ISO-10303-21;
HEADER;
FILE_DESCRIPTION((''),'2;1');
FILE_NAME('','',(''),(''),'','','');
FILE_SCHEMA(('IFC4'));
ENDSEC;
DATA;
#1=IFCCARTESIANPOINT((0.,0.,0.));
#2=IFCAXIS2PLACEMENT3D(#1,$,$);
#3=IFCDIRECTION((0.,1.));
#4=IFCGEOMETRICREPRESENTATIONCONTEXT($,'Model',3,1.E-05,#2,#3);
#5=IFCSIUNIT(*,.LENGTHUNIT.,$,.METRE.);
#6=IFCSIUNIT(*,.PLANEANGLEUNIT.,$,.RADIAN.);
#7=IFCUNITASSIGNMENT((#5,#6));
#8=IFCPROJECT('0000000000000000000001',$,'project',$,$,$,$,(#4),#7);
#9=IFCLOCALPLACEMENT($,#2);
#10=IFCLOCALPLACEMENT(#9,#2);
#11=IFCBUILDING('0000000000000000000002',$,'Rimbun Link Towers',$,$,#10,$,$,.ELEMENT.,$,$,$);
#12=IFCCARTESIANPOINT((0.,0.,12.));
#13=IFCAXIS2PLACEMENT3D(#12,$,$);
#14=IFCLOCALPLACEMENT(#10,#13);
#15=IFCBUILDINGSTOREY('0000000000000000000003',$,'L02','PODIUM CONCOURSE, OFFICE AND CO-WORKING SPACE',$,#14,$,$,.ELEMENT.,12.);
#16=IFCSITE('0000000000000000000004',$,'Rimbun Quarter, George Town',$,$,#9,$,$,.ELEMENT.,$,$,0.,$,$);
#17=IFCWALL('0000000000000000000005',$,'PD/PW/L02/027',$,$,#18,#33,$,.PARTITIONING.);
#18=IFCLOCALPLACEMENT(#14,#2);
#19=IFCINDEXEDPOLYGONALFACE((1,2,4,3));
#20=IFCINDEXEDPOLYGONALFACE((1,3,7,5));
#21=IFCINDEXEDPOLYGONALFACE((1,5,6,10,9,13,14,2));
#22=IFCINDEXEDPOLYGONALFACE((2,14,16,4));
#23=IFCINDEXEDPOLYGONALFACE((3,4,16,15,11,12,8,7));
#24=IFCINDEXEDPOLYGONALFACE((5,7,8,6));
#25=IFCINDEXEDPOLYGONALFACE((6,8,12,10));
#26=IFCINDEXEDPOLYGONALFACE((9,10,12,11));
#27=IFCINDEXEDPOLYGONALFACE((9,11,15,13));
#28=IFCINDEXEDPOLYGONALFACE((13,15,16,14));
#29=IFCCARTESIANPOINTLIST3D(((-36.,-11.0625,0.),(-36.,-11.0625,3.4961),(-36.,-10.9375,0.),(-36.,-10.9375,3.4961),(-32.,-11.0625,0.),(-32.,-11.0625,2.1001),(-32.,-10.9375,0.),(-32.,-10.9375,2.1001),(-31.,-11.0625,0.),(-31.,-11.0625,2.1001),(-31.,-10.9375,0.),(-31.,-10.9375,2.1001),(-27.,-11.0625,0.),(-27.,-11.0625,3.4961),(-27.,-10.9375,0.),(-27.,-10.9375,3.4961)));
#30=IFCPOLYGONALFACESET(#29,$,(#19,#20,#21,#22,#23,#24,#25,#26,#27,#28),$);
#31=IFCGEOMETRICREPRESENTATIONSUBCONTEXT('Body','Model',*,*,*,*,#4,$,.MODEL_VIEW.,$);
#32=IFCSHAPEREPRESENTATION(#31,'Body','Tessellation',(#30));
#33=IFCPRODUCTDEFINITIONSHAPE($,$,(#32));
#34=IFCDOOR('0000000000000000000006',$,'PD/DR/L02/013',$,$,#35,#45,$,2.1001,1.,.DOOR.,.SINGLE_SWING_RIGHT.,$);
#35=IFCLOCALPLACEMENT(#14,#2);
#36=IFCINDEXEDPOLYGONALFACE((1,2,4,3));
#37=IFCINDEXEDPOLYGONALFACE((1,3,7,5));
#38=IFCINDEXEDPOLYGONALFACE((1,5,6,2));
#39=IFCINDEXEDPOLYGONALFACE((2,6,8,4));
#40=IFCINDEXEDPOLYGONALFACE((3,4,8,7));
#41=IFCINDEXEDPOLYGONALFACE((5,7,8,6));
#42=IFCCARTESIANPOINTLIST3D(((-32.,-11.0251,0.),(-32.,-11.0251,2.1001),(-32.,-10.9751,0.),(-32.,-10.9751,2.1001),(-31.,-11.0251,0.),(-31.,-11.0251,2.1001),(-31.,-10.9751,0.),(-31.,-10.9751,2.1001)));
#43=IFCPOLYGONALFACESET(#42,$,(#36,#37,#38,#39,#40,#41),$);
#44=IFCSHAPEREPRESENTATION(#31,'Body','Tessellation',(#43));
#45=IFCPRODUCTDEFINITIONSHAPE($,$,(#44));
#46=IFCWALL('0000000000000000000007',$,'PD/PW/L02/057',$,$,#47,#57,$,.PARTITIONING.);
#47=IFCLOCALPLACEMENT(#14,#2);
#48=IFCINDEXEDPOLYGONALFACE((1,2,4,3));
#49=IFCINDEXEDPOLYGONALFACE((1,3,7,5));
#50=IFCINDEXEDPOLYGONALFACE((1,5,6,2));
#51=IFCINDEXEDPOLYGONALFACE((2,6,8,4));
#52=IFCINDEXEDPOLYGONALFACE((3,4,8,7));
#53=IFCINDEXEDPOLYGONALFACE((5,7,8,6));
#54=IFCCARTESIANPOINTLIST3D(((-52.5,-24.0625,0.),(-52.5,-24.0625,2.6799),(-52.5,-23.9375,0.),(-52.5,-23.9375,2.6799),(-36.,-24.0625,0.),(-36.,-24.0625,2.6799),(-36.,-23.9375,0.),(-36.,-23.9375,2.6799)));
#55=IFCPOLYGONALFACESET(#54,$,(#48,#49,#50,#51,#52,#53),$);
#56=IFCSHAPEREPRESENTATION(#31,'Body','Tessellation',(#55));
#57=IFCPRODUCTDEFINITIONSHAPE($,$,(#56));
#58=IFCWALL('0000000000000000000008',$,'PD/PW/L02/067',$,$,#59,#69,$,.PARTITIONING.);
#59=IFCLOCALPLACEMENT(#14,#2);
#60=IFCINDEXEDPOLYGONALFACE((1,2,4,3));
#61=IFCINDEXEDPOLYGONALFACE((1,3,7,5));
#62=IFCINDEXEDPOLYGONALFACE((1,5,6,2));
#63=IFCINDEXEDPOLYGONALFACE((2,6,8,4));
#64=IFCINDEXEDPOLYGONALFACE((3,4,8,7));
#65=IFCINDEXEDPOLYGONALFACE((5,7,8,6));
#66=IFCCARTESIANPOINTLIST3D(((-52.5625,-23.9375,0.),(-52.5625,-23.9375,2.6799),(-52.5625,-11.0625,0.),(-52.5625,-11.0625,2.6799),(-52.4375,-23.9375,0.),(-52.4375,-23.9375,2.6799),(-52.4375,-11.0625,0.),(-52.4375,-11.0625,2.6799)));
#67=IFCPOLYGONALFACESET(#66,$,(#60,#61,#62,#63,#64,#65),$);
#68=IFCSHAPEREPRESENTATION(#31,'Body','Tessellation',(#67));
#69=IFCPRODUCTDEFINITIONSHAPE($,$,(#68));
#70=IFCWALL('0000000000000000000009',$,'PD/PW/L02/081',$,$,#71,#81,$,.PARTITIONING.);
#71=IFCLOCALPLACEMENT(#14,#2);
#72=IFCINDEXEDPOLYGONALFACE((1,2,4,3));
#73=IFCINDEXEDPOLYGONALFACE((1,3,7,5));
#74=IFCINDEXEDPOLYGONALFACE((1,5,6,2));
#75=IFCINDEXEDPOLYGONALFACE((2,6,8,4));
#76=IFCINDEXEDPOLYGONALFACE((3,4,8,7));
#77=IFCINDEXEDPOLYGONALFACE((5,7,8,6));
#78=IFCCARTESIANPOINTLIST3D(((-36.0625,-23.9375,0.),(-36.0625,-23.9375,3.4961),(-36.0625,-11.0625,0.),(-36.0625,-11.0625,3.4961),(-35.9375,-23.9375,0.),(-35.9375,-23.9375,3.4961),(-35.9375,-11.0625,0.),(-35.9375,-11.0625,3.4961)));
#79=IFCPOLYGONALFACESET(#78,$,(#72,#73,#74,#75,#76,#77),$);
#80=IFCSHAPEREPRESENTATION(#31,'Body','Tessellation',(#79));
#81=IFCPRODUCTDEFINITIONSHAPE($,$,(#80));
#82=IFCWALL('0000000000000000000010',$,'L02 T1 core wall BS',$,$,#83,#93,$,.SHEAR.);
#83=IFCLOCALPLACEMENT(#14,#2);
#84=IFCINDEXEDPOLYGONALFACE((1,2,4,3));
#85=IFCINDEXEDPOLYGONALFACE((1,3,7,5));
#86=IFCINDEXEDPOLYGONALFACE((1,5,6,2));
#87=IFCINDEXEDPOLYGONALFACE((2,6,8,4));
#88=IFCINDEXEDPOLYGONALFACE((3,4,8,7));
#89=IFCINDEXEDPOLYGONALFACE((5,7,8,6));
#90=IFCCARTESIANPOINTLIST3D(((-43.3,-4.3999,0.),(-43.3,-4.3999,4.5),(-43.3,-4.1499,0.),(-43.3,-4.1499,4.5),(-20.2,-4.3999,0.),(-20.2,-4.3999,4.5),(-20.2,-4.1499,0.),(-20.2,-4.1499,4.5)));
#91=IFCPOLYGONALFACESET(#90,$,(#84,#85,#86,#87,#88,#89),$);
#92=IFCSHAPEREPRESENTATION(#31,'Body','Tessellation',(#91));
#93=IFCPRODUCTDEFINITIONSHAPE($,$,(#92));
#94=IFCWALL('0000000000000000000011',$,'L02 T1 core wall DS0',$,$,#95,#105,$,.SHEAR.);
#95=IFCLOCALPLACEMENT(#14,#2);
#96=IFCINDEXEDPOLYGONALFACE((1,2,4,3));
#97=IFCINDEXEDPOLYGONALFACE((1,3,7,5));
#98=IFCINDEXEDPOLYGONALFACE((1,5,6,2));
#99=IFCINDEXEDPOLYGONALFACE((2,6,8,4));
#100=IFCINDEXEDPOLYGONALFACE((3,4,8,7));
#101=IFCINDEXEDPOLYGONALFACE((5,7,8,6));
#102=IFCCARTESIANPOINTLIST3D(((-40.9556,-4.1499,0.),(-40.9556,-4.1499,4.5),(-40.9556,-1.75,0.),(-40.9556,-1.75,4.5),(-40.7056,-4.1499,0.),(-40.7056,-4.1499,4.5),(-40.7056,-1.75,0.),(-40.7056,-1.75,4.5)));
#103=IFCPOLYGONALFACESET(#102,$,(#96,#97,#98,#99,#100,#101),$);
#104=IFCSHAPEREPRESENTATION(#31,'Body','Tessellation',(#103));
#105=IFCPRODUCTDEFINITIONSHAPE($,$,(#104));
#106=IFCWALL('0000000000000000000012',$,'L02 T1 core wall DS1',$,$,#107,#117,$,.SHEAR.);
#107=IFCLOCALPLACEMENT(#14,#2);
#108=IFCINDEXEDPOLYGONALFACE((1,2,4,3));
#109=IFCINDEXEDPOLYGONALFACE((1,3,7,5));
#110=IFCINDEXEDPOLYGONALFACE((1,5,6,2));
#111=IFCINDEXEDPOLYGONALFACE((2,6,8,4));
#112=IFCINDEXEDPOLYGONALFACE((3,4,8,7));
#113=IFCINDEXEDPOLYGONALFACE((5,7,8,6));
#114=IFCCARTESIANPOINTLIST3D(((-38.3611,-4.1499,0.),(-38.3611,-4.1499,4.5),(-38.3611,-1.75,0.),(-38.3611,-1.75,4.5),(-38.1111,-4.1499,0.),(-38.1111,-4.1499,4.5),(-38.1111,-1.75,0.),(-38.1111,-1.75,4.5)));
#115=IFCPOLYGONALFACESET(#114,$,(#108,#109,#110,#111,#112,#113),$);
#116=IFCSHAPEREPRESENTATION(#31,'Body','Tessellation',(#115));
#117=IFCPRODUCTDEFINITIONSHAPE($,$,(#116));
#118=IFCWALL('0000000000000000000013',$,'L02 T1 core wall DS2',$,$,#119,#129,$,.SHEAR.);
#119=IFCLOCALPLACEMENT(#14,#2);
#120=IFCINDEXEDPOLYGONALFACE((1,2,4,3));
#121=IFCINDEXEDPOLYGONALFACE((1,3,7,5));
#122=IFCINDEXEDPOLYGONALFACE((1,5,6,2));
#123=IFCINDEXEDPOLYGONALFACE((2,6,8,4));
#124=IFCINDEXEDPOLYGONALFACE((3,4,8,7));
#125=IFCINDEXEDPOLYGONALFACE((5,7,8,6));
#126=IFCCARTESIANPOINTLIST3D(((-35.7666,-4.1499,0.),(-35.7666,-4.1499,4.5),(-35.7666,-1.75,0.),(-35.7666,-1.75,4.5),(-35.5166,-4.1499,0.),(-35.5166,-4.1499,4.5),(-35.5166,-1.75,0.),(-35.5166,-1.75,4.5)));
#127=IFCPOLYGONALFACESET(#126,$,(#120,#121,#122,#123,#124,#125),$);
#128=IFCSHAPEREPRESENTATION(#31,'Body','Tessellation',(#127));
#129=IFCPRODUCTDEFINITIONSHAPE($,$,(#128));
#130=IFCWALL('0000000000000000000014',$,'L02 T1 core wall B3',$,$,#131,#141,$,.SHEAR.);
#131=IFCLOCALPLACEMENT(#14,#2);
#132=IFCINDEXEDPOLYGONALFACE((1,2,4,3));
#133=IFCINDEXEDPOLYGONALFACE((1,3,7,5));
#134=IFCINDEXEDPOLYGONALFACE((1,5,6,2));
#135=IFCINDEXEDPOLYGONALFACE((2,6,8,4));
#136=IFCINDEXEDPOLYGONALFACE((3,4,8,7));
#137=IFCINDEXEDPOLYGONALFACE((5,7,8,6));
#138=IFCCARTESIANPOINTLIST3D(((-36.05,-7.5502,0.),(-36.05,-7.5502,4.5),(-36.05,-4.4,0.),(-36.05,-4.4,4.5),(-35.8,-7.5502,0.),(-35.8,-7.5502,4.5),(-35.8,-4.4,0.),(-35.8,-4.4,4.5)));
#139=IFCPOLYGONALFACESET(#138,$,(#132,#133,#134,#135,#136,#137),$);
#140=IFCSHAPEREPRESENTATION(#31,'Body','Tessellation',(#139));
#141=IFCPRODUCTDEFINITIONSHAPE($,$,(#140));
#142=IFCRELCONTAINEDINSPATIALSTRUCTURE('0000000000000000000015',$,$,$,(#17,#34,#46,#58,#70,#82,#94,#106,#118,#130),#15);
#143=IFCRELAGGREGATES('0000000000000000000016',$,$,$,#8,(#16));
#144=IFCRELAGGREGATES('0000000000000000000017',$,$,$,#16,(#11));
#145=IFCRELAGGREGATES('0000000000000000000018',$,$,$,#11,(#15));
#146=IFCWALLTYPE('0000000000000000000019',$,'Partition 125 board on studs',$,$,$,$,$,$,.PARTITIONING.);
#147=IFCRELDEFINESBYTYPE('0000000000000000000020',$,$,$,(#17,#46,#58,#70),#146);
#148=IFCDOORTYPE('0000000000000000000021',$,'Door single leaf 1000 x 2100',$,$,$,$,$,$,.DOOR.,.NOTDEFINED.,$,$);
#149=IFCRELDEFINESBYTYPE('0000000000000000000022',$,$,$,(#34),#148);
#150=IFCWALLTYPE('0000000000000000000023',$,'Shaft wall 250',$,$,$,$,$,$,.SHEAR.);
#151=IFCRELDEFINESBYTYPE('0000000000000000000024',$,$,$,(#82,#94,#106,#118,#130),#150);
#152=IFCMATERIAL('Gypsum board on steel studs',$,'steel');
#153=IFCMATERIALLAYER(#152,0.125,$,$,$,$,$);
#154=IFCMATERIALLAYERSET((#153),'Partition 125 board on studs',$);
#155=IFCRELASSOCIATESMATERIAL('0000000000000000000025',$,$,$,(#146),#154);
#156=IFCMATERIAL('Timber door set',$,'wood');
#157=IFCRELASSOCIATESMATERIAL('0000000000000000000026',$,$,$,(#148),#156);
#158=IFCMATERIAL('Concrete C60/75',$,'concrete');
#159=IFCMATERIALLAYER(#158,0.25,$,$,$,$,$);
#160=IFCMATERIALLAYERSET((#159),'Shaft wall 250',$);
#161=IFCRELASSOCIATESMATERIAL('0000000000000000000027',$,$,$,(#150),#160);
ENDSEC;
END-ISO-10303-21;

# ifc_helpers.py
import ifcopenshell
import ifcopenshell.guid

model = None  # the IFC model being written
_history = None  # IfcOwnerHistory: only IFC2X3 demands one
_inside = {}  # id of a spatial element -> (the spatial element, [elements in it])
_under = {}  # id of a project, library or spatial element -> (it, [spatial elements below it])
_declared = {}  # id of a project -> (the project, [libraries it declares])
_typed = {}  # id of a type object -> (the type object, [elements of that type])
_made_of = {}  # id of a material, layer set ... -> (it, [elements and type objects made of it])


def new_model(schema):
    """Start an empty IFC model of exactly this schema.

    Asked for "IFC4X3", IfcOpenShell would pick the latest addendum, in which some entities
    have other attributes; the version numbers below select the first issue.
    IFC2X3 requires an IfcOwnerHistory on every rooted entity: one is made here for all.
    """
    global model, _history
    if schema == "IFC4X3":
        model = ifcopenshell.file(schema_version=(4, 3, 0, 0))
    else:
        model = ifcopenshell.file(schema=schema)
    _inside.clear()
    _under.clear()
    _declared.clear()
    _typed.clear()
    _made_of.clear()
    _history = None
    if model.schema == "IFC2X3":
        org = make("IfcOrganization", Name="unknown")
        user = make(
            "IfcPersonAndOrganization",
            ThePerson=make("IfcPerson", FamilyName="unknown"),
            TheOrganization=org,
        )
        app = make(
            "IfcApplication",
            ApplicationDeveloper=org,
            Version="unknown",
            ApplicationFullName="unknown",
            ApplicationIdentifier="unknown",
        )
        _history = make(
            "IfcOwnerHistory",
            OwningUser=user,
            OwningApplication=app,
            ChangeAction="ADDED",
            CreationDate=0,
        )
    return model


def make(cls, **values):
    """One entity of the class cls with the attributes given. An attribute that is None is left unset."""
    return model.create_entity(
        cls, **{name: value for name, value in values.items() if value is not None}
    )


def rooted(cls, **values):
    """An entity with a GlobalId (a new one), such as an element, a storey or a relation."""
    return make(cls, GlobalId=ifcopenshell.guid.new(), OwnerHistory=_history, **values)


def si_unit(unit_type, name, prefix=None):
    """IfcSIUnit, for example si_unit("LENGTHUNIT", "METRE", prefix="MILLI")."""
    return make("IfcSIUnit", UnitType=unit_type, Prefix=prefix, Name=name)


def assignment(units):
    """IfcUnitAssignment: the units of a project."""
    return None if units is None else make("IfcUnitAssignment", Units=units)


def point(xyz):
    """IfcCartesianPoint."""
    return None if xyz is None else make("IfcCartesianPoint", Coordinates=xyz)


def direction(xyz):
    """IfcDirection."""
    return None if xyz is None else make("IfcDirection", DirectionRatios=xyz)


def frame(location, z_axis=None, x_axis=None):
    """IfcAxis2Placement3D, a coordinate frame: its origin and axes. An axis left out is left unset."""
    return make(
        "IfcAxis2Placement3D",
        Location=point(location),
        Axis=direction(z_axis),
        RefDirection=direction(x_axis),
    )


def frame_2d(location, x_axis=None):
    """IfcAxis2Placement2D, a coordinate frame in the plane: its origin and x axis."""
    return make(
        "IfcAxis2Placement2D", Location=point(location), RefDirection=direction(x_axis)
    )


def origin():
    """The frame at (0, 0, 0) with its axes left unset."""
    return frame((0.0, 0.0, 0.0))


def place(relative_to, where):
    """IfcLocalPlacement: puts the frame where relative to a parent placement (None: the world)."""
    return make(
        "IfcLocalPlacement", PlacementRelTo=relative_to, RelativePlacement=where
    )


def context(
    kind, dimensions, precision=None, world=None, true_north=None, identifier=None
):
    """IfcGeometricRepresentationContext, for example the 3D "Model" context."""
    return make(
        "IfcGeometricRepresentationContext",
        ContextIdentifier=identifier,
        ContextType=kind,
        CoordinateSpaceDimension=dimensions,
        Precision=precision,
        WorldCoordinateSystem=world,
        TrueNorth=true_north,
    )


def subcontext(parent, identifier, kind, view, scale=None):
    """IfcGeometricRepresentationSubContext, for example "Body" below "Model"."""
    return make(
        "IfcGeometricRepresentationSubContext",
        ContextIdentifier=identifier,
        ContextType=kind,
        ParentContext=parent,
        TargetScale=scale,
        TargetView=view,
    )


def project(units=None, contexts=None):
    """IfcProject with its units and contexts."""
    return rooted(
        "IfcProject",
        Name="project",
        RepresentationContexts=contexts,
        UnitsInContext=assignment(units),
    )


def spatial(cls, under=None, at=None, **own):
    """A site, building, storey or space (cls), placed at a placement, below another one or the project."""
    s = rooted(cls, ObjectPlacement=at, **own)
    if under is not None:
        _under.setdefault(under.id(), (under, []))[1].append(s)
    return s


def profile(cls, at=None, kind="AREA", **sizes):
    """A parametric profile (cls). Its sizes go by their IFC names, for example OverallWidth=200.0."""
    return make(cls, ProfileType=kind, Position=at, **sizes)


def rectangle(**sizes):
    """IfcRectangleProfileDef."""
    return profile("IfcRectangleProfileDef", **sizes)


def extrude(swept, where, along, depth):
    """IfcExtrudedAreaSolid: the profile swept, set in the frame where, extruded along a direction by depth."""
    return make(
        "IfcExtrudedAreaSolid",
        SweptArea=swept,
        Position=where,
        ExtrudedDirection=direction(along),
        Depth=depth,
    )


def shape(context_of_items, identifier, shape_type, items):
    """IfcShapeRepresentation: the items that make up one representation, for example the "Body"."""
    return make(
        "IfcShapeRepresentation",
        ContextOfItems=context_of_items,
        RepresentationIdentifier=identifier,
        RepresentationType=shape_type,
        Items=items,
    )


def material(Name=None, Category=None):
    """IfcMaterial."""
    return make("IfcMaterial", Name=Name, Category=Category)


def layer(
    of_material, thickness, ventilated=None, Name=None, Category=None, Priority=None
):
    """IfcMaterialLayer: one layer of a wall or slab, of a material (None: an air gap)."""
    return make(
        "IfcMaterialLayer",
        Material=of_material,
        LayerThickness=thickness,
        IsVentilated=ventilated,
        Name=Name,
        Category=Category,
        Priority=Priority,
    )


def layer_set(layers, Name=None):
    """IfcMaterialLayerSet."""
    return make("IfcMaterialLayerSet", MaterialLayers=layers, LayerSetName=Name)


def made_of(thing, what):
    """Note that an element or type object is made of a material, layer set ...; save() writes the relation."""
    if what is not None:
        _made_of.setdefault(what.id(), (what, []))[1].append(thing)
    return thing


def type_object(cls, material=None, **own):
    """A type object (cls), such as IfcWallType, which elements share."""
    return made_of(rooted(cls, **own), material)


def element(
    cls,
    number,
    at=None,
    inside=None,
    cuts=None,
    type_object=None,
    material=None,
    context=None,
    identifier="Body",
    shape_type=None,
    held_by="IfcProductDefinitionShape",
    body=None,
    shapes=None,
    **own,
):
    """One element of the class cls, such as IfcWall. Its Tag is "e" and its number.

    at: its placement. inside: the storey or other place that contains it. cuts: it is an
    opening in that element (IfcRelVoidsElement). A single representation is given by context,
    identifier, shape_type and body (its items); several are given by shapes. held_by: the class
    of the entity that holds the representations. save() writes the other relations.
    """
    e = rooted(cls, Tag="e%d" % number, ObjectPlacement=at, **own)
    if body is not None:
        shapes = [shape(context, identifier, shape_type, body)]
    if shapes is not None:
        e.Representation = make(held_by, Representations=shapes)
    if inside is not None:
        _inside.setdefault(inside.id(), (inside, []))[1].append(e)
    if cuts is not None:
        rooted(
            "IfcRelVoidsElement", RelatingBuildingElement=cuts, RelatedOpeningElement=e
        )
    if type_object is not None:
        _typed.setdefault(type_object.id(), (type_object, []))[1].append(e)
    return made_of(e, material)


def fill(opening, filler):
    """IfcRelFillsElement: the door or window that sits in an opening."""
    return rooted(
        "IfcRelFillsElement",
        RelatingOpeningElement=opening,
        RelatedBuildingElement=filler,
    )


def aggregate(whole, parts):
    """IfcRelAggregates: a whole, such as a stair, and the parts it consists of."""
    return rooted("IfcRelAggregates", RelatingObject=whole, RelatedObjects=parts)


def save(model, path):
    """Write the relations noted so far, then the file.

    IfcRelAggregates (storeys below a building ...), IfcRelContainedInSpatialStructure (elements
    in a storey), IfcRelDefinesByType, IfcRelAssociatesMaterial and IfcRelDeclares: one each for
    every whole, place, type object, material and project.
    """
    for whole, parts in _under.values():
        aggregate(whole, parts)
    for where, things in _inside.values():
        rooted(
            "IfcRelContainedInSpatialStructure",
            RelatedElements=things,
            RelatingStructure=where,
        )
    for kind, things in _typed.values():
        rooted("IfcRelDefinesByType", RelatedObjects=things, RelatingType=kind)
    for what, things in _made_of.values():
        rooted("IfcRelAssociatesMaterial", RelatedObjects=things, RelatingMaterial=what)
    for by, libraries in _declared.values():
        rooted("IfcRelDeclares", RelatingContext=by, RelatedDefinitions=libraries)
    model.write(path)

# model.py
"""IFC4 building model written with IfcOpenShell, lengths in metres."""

from ifc_helpers import new_model, si_unit, direction, frame, frame_2d, origin, place, context, subcontext, project, spatial, rectangle, extrude, material, layer, layer_set, type_object, element, fill, save


model = new_model("IFC4")

# Units and contexts
model_context = context("Model", 3, precision=1e-05, world=origin(), true_north=direction((0.0, 1.0)))
body_context = subcontext(model_context, "Body", "Model", "MODEL_VIEW")
ifc_project = project(units=[si_unit("LENGTHUNIT", "METRE"), si_unit("PLANEANGLEUNIT", "RADIAN")], contexts=[model_context])

# Site, building, storey
site_placement = place(None, origin())
site = spatial("IfcSite", under=ifc_project, at=site_placement, Name="Rimbun Quarter, George Town", CompositionType="ELEMENT", RefElevation=0.0)
building_placement = place(site_placement, origin())
building = spatial("IfcBuilding", under=site, at=building_placement, Name="Rimbun Link Towers", CompositionType="ELEMENT")
storey_placement = place(building_placement, frame((0.0, 0.0, 12.0)))
storey = spatial("IfcBuildingStorey", under=building, at=storey_placement, Name="L02", Description="PODIUM CONCOURSE, OFFICE AND CO-WORKING SPACE", CompositionType="ELEMENT", Elevation=12.0)

# Wall, opening, door
ifc_material_1 = material(Name="Gypsum board on steel studs", Category="steel")
ifc_layer_1 = layer(ifc_material_1, 0.125)
ifc_layer_set_1 = layer_set([ifc_layer_1], Name="Partition 125 board on studs")
wall_type_1 = type_object("IfcWallType", Name="Partition 125 board on studs", PredefinedType="PARTITIONING", material=ifc_layer_set_1)
ifc_material_2 = material(Name="Timber door set", Category="wood")
door_type_1 = type_object("IfcDoorType", Name="Door single leaf 1000 x 2100", OperationType="NOTDEFINED", PredefinedType="DOOR", material=ifc_material_2)
wall_1_placement = place(storey_placement, frame((-36.0, -11.0, 0.0), z_axis=(0.0, 0.0, 1.0), x_axis=(1.0, 0.0, 0.0)))
wall_1 = element("IfcWall", 1, at=wall_1_placement, inside=storey, type_object=wall_type_1, Name="PD/PW/L02/027", PredefinedType="PARTITIONING", context=body_context, shape_type="SweptSolid", body=[
    extrude(rectangle(XDim=9.0, YDim=0.125, at=frame_2d((4.5, 0.0))), origin(), (0.0, 0.0, 1.0), 3.4961),
])
opening_1_placement = place(wall_1_placement, frame((4.0, 0.0, 0.0)))
opening_1 = element("IfcOpeningElement", 2, at=opening_1_placement, cuts=wall_1, PredefinedType="OPENING", context=body_context, shape_type="SweptSolid", body=[
    extrude(rectangle(XDim=1.0, YDim=2.1001, at=frame_2d((0.5, 1.05))), frame((0.0, 0.0725, 0.0), z_axis=(0.0, -1.0, 0.0), x_axis=(1.0, 0.0, 0.0)), (0.0, 0.0, 1.0), 0.145),
])
door_1_placement = place(opening_1_placement, origin())
door_1 = element("IfcDoor", 3, at=door_1_placement, inside=storey, type_object=door_type_1, Name="PD/DR/L02/013", OperationType="SINGLE_SWING_RIGHT", OverallHeight=2.1001, OverallWidth=1.0, PredefinedType="DOOR", context=body_context, shape_type="SweptSolid", body=[
    extrude(rectangle(XDim=1.0, YDim=2.1001, at=frame_2d((0.5, 1.05))), frame((0.0, 0.0249, 0.0), z_axis=(0.0, -1.0, 0.0), x_axis=(1.0, 0.0, 0.0)), (0.0, 0.0, 1.0), 0.05),
])
fill(opening_1, door_1)

# Walls
wall_2_placement = place(storey_placement, frame((-36.0, -24.0, 0.0), z_axis=(0.0, 0.0, 1.0), x_axis=(-1.0, 0.0, 0.0)))
element("IfcWall", 4, at=wall_2_placement, inside=storey, type_object=wall_type_1, Name="PD/PW/L02/057", PredefinedType="PARTITIONING", context=body_context, shape_type="SweptSolid", body=[
    extrude(rectangle(XDim=16.5, YDim=0.125, at=frame_2d((8.25, 0.0))), origin(), (0.0, 0.0, 1.0), 2.6799),
])
wall_3_placement = place(storey_placement, frame((-52.5, -23.9375, 0.0), z_axis=(0.0, 0.0, 1.0), x_axis=(0.0, 1.0, 0.0)))
element("IfcWall", 5, at=wall_3_placement, inside=storey, type_object=wall_type_1, Name="PD/PW/L02/067", PredefinedType="PARTITIONING", context=body_context, shape_type="SweptSolid", body=[
    extrude(rectangle(XDim=12.875, YDim=0.125, at=frame_2d((6.4375, 0.0))), origin(), (0.0, 0.0, 1.0), 2.6799),
])
wall_4_placement = place(storey_placement, frame((-36.0, -23.9375, 0.0), z_axis=(0.0, 0.0, 1.0), x_axis=(0.0, 1.0, 0.0)))
element("IfcWall", 6, at=wall_4_placement, inside=storey, type_object=wall_type_1, Name="PD/PW/L02/081", PredefinedType="PARTITIONING", context=body_context, shape_type="SweptSolid", body=[
    extrude(rectangle(XDim=12.875, YDim=0.125, at=frame_2d((6.4375, 0.0))), origin(), (0.0, 0.0, 1.0), 3.4961),
])
ifc_material_3 = material(Name="Concrete C60/75", Category="concrete")
ifc_layer_2 = layer(ifc_material_3, 0.25)
ifc_layer_set_2 = layer_set([ifc_layer_2], Name="Shaft wall 250")
wall_type_2 = type_object("IfcWallType", Name="Shaft wall 250", PredefinedType="SHEAR", material=ifc_layer_set_2)
wall_5_placement = place(storey_placement, frame((-43.3, -4.2749, 0.0), z_axis=(0.0, 0.0, 1.0), x_axis=(1.0, 0.0, 0.0)))
element("IfcWall", 7, at=wall_5_placement, inside=storey, type_object=wall_type_2, Name="L02 T1 core wall BS", PredefinedType="SHEAR", context=body_context, shape_type="SweptSolid", body=[
    extrude(rectangle(XDim=23.1001, YDim=0.25, at=frame_2d((11.55, 0.0))), origin(), (0.0, 0.0, 1.0), 4.5),
])
for number, where, z_axis, x_axis, name in (
    (8, (-40.8306, -4.1499, 0.0), (0.0, 0.0, 1.0), (0.0, 1.0, 0.0), "L02 T1 core wall DS0"),
    (9, (-38.2361, -4.1499, 0.0), (0.0, 0.0, 1.0), (0.0, 1.0, 0.0), "L02 T1 core wall DS1"),
    (10, (-35.6416, -4.1499, 0.0), (0.0, 0.0, 1.0), (0.0, 1.0, 0.0), "L02 T1 core wall DS2"),
):
    element("IfcWall", number, at=place(storey_placement, frame(where, z_axis=z_axis, x_axis=x_axis)), inside=storey, type_object=wall_type_2, Name=name, PredefinedType="SHEAR", context=body_context, shape_type="SweptSolid", body=[
        extrude(rectangle(XDim=2.3999, YDim=0.25, at=frame_2d((1.2, 0.0))), origin(), (0.0, 0.0, 1.0), 4.5),
    ])
wall_6_placement = place(storey_placement, frame((-35.925, -4.3999, 0.0), z_axis=(0.0, 0.0, 1.0), x_axis=(0.0, -1.0, 0.0)))
element("IfcWall", 11, at=wall_6_placement, inside=storey, type_object=wall_type_2, Name="L02 T1 core wall B3", PredefinedType="SHEAR", context=body_context, shape_type="SweptSolid", body=[
    extrude(rectangle(XDim=3.1501, YDim=0.25, at=frame_2d((1.5752, 0.0))), origin(), (0.0, 0.0, 1.0), 4.5),
])

save(model, "model.ifc")
